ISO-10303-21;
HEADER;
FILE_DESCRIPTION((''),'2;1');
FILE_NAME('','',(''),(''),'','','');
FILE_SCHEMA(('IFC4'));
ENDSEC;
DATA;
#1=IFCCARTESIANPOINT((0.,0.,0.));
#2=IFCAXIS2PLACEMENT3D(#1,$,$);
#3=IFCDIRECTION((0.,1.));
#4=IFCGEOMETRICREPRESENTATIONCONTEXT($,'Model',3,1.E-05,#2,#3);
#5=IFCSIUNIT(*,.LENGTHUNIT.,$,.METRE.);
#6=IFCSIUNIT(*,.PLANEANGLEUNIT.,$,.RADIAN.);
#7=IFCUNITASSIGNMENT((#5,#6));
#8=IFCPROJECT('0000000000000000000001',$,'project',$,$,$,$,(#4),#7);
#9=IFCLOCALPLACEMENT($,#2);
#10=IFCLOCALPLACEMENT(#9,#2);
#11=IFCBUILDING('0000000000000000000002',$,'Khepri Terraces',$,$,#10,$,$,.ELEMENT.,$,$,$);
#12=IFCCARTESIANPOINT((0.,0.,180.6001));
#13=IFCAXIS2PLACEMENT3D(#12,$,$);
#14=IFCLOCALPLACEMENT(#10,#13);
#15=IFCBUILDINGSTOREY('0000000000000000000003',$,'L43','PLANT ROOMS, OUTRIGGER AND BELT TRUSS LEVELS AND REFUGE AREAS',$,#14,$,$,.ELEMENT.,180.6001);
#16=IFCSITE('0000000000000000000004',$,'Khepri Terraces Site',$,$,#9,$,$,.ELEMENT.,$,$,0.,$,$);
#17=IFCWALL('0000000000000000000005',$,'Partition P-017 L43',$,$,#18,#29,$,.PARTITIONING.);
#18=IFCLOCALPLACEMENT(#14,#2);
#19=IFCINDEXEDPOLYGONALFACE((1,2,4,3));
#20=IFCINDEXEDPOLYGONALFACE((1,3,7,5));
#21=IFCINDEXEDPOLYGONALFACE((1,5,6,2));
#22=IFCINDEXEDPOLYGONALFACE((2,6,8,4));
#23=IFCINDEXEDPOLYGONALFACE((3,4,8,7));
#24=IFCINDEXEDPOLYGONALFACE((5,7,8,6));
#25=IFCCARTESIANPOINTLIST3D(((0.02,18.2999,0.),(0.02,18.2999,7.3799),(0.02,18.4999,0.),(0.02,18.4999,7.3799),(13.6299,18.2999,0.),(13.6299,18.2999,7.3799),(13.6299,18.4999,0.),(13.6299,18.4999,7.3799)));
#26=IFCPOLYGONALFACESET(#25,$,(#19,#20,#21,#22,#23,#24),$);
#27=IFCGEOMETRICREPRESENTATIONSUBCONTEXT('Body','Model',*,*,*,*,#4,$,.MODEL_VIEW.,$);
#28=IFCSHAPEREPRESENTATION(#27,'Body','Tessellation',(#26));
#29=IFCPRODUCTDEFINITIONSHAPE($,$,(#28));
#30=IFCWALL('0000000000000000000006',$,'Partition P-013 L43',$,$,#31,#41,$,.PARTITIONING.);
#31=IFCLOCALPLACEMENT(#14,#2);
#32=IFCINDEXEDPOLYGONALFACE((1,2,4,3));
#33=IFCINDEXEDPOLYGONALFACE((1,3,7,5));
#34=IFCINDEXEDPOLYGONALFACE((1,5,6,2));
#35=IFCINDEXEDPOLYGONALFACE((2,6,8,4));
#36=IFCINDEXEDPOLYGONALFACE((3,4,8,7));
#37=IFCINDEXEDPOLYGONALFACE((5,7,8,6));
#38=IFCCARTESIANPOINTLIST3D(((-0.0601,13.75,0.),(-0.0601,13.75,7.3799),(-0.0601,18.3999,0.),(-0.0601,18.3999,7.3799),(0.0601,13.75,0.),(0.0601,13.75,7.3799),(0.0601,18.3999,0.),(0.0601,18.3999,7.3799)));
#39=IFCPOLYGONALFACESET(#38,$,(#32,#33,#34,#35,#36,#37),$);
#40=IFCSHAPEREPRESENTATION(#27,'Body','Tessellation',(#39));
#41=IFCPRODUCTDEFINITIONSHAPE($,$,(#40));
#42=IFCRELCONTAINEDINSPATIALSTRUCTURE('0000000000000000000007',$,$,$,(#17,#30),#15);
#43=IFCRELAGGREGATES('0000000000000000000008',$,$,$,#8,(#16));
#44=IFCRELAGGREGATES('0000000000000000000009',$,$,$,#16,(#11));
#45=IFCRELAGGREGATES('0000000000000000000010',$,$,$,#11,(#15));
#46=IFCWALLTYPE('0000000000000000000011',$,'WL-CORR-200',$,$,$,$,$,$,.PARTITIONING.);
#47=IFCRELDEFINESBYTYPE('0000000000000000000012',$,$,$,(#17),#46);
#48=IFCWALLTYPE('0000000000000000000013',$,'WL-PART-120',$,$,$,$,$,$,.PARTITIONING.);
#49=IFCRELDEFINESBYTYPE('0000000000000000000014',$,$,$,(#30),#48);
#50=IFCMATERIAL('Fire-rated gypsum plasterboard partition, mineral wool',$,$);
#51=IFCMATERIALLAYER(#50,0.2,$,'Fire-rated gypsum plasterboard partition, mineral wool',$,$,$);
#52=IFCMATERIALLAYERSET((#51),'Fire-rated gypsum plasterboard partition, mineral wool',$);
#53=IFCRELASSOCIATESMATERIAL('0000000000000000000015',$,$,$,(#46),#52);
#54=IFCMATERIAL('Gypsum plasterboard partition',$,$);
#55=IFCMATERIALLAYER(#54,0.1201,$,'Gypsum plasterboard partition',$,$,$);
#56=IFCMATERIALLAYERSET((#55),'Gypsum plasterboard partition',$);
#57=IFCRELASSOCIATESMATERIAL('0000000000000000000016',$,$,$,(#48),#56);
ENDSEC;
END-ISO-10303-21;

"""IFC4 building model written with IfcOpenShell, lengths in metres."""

from ifc_helpers import new_model, si_unit, direction, frame, frame_2d, origin, place, context, subcontext, project, spatial, rectangle, extrude, material, layer, layer_set, type_object, element, save


model = new_model("IFC4")

# Units and contexts
model_context = context("Model", 3, precision=1e-05, world=origin(), true_north=direction((0.0, 1.0)))
body_context = subcontext(model_context, "Body", "Model", "MODEL_VIEW")
ifc_project = project(units=[si_unit("LENGTHUNIT", "METRE"), si_unit("PLANEANGLEUNIT", "RADIAN")], contexts=[model_context])

# Site, building, storey
site_placement = place(None, origin())
site = spatial("IfcSite", under=ifc_project, at=site_placement, Name="Khepri Terraces Site", CompositionType="ELEMENT", RefElevation=0.0)
building_placement = place(site_placement, origin())
building = spatial("IfcBuilding", under=site, at=building_placement, Name="Khepri Terraces", CompositionType="ELEMENT")
storey_placement = place(building_placement, frame((0.0, 0.0, 180.6001)))
storey = spatial("IfcBuildingStorey", under=building, at=storey_placement, Name="L43", Description="PLANT ROOMS, OUTRIGGER AND BELT TRUSS LEVELS AND REFUGE AREAS", CompositionType="ELEMENT", Elevation=180.6001)

# Walls
ifc_material_1 = material(Name="Fire-rated gypsum plasterboard partition, mineral wool")
ifc_layer_1 = layer(ifc_material_1, 0.2, Name="Fire-rated gypsum plasterboard partition, mineral wool")
ifc_layer_set_1 = layer_set([ifc_layer_1], Name="Fire-rated gypsum plasterboard partition, mineral wool")
wall_type_1 = type_object("IfcWallType", Name="WL-CORR-200", PredefinedType="PARTITIONING", material=ifc_layer_set_1)
wall_1_placement = place(storey_placement, frame((0.02, 18.3999, 0.0), z_axis=(0.0, 0.0, 1.0), x_axis=(1.0, 0.0, 0.0)))
element("IfcWall", 1, at=wall_1_placement, inside=storey, type_object=wall_type_1, Name="Partition P-017 L43", PredefinedType="PARTITIONING", context=body_context, shape_type="SweptSolid", body=[
    extrude(rectangle(XDim=13.6099, YDim=0.2, at=frame_2d((6.8049, 0.0))), origin(), (0.0, 0.0, 1.0), 7.3799),
])
ifc_material_2 = material(Name="Gypsum plasterboard partition")
ifc_layer_2 = layer(ifc_material_2, 0.1201, Name="Gypsum plasterboard partition")
ifc_layer_set_2 = layer_set([ifc_layer_2], Name="Gypsum plasterboard partition")
wall_type_2 = type_object("IfcWallType", Name="WL-PART-120", PredefinedType="PARTITIONING", material=ifc_layer_set_2)
wall_2_placement = place(storey_placement, frame((0.0, 13.75, 0.0), z_axis=(0.0, 0.0, 1.0), x_axis=(0.0, 1.0, 0.0)))
element("IfcWall", 2, at=wall_2_placement, inside=storey, type_object=wall_type_2, Name="Partition P-013 L43", PredefinedType="PARTITIONING", context=body_context, shape_type="SweptSolid", body=[
    extrude(rectangle(XDim=4.6499, YDim=0.1201, at=frame_2d((2.325, 0.0))), origin(), (0.0, 0.0, 1.0), 7.3799),
])

save(model, "model.ifc")
